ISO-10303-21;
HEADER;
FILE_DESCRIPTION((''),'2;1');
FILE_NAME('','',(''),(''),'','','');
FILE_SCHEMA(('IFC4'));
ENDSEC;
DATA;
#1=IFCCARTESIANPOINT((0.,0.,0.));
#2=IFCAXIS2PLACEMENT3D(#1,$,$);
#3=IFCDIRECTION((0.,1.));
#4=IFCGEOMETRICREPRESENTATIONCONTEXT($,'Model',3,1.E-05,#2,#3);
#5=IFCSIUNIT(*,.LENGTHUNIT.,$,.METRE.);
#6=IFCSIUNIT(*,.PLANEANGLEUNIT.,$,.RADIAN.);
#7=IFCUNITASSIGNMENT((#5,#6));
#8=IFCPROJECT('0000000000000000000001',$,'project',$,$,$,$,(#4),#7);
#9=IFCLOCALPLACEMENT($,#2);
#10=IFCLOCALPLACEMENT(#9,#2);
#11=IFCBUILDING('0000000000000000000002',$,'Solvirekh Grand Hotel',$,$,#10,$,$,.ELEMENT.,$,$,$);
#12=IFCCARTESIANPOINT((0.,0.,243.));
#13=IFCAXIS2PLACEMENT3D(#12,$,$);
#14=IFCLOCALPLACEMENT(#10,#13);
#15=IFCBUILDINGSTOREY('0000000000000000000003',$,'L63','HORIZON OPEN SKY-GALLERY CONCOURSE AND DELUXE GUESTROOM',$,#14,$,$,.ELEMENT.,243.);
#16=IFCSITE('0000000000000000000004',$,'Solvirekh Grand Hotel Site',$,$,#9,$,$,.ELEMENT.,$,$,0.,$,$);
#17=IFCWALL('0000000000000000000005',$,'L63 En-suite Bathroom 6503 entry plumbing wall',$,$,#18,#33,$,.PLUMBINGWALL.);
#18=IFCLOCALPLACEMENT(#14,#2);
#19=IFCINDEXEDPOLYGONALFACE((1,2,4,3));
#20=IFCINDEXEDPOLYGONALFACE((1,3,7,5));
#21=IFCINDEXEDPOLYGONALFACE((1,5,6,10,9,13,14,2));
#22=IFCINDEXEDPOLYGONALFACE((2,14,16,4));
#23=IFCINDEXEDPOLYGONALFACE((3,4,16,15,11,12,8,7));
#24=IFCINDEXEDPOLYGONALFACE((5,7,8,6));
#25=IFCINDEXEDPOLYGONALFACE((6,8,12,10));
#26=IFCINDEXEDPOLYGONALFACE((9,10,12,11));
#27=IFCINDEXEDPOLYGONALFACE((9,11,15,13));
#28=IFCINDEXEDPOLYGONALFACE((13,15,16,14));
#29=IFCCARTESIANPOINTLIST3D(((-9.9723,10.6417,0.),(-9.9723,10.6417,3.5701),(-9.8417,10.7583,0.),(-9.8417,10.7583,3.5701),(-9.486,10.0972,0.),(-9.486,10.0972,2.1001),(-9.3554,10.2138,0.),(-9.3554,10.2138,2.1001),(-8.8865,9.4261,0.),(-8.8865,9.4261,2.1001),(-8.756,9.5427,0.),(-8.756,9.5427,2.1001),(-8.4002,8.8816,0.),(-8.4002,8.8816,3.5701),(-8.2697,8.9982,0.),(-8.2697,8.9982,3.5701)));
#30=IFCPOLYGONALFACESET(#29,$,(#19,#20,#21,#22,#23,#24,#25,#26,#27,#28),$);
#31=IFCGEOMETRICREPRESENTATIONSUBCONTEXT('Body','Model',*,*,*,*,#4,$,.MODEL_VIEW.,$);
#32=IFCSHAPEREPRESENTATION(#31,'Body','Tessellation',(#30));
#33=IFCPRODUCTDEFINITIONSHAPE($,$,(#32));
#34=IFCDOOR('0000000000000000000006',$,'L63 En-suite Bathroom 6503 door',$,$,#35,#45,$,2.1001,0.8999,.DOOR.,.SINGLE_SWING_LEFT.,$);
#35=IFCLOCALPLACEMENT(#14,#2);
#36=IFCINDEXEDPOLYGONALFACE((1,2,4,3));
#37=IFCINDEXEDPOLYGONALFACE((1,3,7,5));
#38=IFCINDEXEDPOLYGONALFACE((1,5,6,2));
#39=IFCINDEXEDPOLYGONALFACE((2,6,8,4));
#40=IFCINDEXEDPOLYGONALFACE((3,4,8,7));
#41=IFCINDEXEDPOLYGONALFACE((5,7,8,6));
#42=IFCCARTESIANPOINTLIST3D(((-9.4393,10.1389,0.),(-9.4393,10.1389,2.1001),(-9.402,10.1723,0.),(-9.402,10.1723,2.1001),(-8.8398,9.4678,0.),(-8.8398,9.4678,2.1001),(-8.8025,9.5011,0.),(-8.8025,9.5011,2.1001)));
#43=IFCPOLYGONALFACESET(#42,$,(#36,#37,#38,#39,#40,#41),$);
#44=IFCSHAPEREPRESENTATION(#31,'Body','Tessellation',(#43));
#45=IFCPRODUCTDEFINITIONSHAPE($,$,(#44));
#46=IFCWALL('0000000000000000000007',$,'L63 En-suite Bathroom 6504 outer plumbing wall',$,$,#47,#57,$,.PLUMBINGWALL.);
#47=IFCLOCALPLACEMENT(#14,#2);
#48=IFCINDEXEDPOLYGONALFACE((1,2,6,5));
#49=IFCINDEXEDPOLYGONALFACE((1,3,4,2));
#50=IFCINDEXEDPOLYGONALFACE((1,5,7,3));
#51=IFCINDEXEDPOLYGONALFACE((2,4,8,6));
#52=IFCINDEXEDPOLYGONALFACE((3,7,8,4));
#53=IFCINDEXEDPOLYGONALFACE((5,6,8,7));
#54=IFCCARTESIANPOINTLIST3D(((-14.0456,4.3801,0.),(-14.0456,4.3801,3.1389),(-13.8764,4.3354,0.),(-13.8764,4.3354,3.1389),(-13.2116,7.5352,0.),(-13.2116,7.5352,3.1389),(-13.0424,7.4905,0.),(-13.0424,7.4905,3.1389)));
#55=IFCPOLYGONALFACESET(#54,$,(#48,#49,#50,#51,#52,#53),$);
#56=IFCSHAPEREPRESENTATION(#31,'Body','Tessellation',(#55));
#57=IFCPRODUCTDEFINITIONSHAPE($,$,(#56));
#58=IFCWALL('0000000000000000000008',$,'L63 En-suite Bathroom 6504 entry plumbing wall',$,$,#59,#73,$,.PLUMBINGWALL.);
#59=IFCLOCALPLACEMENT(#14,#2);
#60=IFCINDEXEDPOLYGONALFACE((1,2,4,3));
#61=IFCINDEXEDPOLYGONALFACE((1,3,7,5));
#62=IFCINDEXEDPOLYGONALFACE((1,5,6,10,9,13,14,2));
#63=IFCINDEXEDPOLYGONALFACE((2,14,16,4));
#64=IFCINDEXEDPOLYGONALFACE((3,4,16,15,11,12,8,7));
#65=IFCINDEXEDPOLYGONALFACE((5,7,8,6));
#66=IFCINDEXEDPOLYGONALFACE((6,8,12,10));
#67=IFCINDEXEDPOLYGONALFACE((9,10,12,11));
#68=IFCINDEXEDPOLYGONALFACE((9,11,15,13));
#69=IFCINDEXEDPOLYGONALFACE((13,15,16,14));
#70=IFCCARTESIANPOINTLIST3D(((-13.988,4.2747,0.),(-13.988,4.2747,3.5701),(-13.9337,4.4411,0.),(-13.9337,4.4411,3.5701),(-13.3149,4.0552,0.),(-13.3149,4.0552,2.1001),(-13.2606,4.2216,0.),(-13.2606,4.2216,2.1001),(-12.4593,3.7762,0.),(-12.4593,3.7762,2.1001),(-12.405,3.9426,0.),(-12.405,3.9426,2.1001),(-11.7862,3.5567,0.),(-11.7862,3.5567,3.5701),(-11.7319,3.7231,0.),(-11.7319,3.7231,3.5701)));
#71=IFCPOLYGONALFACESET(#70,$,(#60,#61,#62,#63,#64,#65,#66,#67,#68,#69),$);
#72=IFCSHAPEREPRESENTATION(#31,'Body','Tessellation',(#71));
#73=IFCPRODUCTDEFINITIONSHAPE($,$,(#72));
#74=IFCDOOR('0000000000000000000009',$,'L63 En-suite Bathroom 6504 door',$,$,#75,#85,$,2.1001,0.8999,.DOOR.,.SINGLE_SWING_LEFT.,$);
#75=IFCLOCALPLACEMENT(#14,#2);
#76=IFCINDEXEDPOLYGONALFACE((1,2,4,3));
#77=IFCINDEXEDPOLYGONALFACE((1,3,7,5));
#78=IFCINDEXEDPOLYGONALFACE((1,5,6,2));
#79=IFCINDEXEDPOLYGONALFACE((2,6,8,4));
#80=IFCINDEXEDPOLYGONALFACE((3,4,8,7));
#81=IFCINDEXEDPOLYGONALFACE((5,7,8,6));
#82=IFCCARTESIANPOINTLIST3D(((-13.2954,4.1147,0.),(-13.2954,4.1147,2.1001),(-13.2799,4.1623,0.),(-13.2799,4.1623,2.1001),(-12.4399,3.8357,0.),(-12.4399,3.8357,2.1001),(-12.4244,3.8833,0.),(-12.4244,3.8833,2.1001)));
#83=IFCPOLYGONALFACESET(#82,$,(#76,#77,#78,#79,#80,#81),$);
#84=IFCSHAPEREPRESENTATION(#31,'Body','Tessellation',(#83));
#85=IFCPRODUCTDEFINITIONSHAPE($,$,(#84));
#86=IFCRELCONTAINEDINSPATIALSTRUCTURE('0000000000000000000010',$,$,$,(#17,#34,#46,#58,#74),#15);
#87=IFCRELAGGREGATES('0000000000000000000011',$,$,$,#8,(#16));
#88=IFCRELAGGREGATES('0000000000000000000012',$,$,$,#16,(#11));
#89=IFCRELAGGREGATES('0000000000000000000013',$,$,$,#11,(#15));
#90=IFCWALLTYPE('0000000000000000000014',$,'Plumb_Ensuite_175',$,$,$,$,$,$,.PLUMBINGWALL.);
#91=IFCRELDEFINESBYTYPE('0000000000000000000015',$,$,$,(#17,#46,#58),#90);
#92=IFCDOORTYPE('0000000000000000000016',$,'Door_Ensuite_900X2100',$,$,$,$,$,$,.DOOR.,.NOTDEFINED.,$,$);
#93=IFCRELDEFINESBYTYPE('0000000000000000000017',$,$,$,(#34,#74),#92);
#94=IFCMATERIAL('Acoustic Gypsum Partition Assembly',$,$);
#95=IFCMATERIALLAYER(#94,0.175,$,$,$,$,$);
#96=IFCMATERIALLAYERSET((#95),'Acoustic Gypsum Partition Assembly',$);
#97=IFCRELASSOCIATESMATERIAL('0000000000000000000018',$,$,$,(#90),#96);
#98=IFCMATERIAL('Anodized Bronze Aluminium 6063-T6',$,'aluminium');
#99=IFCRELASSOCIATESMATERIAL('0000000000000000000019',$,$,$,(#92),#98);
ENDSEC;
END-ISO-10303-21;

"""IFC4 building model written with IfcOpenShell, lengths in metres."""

from ifc_helpers import new_model, si_unit, direction, frame, frame_2d, origin, place, context, subcontext, project, spatial, rectangle, extrude, material, layer, layer_set, type_object, element, fill, save


model = new_model("IFC4")

# Units and contexts
model_context = context("Model", 3, precision=1e-05, world=origin(), true_north=direction((0.0, 1.0)))
body_context = subcontext(model_context, "Body", "Model", "MODEL_VIEW")
ifc_project = project(units=[si_unit("LENGTHUNIT", "METRE"), si_unit("PLANEANGLEUNIT", "RADIAN")], contexts=[model_context])

# Site, building, storey
site_placement = place(None, origin())
site = spatial("IfcSite", under=ifc_project, at=site_placement, Name="Solvirekh Grand Hotel Site", CompositionType="ELEMENT", RefElevation=0.0)
building_placement = place(site_placement, origin())
building = spatial("IfcBuilding", under=site, at=building_placement, Name="Solvirekh Grand Hotel", CompositionType="ELEMENT")
storey_placement = place(building_placement, frame((0.0, 0.0, 243.0)))
storey = spatial("IfcBuildingStorey", under=building, at=storey_placement, Name="L63", Description="HORIZON OPEN SKY-GALLERY CONCOURSE AND DELUXE GUESTROOM", CompositionType="ELEMENT", Elevation=243.0)

# Shared definitions
ifc_material_1 = material(Name="Anodized Bronze Aluminium 6063-T6", Category="aluminium")

# Shared definitions
ifc_material_2 = material(Name="Acoustic Gypsum Partition Assembly")

# Wall, opening, door
ifc_layer_1 = layer(ifc_material_2, 0.175)
ifc_layer_set_1 = layer_set([ifc_layer_1], Name="Acoustic Gypsum Partition Assembly")
wall_type_1 = type_object("IfcWallType", Name="Plumb_Ensuite_175", PredefinedType="PLUMBINGWALL", material=ifc_layer_set_1)
wall_1_placement = place(storey_placement, frame((-8.335, 8.9399, 0.0), z_axis=(0.0, 0.0, 1.0), x_axis=(-0.666154, 0.745815, 0.0)))
wall_1 = element("IfcWall", 1, at=wall_1_placement, inside=storey, type_object=wall_type_1, Name="L63 En-suite Bathroom 6503 entry plumbing wall", PredefinedType="PLUMBINGWALL", context=body_context, shape_type="SweptSolid", body=[
    extrude(rectangle(XDim=2.3599, YDim=0.175, at=frame_2d((1.1799, 0.0))), origin(), (0.0, 0.0, 1.0), 3.5701),
])
opening_1_placement = place(wall_1_placement, frame((0.73, 0.0, 0.0)))
opening_1 = element("IfcOpeningElement", 2, at=opening_1_placement, cuts=wall_1, PredefinedType="OPENING", context=body_context, shape_type="SweptSolid", body=[
    extrude(rectangle(XDim=0.8999, YDim=2.1001, at=frame_2d((0.45, 1.05))), frame((0.0, 0.0977, 0.0), z_axis=(0.0, -1.0, 0.0), x_axis=(1.0, 0.0, 0.0)), (0.0, 0.0, 1.0), 0.1951),
])
door_type_1 = type_object("IfcDoorType", Name="Door_Ensuite_900X2100", OperationType="NOTDEFINED", PredefinedType="DOOR", material=ifc_material_1)
door_1_placement = place(opening_1_placement, origin())
door_1 = element("IfcDoor", 3, at=door_1_placement, inside=storey, type_object=door_type_1, Name="L63 En-suite Bathroom 6503 door", OperationType="SINGLE_SWING_LEFT", OverallHeight=2.1001, OverallWidth=0.8999, PredefinedType="DOOR", context=body_context, shape_type="SweptSolid", body=[
    extrude(rectangle(XDim=0.8999, YDim=2.1001, at=frame_2d((0.45, 1.05))), frame((0.0, 0.0249, 0.0), z_axis=(0.0, -1.0, 0.0), x_axis=(1.0, 0.0, 0.0)), (0.0, 0.0, 1.0), 0.05),
])
fill(opening_1, door_1)

# Wall
wall_2_placement = place(storey_placement, frame((-13.127, 7.5129, 0.0), z_axis=(0.0, 0.0, 1.0), x_axis=(-0.255557, -0.966794, 0.0)))
element("IfcWall", 4, at=wall_2_placement, inside=storey, type_object=wall_type_1, Name="L63 En-suite Bathroom 6504 outer plumbing wall", PredefinedType="PLUMBINGWALL", context=body_context, shape_type="SweptSolid", body=[
    extrude(rectangle(XDim=3.2634, YDim=0.175, at=frame_2d((1.6318, 0.0))), origin(), (0.0, 0.0, 1.0), 3.1389),
])

# Wall, opening, door
wall_3_placement = place(storey_placement, frame((-11.759, 3.6399, 0.0), z_axis=(0.0, 0.0, 1.0), x_axis=(-0.950729, 0.310023, 0.0)))
wall_3 = element("IfcWall", 5, at=wall_3_placement, inside=storey, type_object=wall_type_1, Name="L63 En-suite Bathroom 6504 entry plumbing wall", PredefinedType="PLUMBINGWALL", context=body_context, shape_type="SweptSolid", body=[
    extrude(rectangle(XDim=2.3159, YDim=0.175, at=frame_2d((1.158, 0.0))), origin(), (0.0, 0.0, 1.0), 3.5701),
])
opening_2_placement = place(wall_3_placement, frame((0.708, 0.0, 0.0)))
opening_2 = element("IfcOpeningElement", 6, at=opening_2_placement, cuts=wall_3, PredefinedType="OPENING", context=body_context, shape_type="SweptSolid", body=[
    extrude(rectangle(XDim=0.8999, YDim=2.1001, at=frame_2d((0.45, 1.05))), frame((0.0, 0.0977, 0.0), z_axis=(0.0, -1.0, 0.0), x_axis=(1.0, 0.0, 0.0)), (0.0, 0.0, 1.0), 0.1951),
])
door_2_placement = place(opening_2_placement, origin())
door_2 = element("IfcDoor", 7, at=door_2_placement, inside=storey, type_object=door_type_1, Name="L63 En-suite Bathroom 6504 door", OperationType="SINGLE_SWING_LEFT", OverallHeight=2.1001, OverallWidth=0.8999, PredefinedType="DOOR", context=body_context, shape_type="SweptSolid", body=[
    extrude(rectangle(XDim=0.8999, YDim=2.1001, at=frame_2d((0.45, 1.05))), frame((0.0, 0.0249, 0.0), z_axis=(0.0, -1.0, 0.0), x_axis=(1.0, 0.0, 0.0)), (0.0, 0.0, 1.0), 0.05),
])
fill(opening_2, door_2)

save(model, "model.ifc")
